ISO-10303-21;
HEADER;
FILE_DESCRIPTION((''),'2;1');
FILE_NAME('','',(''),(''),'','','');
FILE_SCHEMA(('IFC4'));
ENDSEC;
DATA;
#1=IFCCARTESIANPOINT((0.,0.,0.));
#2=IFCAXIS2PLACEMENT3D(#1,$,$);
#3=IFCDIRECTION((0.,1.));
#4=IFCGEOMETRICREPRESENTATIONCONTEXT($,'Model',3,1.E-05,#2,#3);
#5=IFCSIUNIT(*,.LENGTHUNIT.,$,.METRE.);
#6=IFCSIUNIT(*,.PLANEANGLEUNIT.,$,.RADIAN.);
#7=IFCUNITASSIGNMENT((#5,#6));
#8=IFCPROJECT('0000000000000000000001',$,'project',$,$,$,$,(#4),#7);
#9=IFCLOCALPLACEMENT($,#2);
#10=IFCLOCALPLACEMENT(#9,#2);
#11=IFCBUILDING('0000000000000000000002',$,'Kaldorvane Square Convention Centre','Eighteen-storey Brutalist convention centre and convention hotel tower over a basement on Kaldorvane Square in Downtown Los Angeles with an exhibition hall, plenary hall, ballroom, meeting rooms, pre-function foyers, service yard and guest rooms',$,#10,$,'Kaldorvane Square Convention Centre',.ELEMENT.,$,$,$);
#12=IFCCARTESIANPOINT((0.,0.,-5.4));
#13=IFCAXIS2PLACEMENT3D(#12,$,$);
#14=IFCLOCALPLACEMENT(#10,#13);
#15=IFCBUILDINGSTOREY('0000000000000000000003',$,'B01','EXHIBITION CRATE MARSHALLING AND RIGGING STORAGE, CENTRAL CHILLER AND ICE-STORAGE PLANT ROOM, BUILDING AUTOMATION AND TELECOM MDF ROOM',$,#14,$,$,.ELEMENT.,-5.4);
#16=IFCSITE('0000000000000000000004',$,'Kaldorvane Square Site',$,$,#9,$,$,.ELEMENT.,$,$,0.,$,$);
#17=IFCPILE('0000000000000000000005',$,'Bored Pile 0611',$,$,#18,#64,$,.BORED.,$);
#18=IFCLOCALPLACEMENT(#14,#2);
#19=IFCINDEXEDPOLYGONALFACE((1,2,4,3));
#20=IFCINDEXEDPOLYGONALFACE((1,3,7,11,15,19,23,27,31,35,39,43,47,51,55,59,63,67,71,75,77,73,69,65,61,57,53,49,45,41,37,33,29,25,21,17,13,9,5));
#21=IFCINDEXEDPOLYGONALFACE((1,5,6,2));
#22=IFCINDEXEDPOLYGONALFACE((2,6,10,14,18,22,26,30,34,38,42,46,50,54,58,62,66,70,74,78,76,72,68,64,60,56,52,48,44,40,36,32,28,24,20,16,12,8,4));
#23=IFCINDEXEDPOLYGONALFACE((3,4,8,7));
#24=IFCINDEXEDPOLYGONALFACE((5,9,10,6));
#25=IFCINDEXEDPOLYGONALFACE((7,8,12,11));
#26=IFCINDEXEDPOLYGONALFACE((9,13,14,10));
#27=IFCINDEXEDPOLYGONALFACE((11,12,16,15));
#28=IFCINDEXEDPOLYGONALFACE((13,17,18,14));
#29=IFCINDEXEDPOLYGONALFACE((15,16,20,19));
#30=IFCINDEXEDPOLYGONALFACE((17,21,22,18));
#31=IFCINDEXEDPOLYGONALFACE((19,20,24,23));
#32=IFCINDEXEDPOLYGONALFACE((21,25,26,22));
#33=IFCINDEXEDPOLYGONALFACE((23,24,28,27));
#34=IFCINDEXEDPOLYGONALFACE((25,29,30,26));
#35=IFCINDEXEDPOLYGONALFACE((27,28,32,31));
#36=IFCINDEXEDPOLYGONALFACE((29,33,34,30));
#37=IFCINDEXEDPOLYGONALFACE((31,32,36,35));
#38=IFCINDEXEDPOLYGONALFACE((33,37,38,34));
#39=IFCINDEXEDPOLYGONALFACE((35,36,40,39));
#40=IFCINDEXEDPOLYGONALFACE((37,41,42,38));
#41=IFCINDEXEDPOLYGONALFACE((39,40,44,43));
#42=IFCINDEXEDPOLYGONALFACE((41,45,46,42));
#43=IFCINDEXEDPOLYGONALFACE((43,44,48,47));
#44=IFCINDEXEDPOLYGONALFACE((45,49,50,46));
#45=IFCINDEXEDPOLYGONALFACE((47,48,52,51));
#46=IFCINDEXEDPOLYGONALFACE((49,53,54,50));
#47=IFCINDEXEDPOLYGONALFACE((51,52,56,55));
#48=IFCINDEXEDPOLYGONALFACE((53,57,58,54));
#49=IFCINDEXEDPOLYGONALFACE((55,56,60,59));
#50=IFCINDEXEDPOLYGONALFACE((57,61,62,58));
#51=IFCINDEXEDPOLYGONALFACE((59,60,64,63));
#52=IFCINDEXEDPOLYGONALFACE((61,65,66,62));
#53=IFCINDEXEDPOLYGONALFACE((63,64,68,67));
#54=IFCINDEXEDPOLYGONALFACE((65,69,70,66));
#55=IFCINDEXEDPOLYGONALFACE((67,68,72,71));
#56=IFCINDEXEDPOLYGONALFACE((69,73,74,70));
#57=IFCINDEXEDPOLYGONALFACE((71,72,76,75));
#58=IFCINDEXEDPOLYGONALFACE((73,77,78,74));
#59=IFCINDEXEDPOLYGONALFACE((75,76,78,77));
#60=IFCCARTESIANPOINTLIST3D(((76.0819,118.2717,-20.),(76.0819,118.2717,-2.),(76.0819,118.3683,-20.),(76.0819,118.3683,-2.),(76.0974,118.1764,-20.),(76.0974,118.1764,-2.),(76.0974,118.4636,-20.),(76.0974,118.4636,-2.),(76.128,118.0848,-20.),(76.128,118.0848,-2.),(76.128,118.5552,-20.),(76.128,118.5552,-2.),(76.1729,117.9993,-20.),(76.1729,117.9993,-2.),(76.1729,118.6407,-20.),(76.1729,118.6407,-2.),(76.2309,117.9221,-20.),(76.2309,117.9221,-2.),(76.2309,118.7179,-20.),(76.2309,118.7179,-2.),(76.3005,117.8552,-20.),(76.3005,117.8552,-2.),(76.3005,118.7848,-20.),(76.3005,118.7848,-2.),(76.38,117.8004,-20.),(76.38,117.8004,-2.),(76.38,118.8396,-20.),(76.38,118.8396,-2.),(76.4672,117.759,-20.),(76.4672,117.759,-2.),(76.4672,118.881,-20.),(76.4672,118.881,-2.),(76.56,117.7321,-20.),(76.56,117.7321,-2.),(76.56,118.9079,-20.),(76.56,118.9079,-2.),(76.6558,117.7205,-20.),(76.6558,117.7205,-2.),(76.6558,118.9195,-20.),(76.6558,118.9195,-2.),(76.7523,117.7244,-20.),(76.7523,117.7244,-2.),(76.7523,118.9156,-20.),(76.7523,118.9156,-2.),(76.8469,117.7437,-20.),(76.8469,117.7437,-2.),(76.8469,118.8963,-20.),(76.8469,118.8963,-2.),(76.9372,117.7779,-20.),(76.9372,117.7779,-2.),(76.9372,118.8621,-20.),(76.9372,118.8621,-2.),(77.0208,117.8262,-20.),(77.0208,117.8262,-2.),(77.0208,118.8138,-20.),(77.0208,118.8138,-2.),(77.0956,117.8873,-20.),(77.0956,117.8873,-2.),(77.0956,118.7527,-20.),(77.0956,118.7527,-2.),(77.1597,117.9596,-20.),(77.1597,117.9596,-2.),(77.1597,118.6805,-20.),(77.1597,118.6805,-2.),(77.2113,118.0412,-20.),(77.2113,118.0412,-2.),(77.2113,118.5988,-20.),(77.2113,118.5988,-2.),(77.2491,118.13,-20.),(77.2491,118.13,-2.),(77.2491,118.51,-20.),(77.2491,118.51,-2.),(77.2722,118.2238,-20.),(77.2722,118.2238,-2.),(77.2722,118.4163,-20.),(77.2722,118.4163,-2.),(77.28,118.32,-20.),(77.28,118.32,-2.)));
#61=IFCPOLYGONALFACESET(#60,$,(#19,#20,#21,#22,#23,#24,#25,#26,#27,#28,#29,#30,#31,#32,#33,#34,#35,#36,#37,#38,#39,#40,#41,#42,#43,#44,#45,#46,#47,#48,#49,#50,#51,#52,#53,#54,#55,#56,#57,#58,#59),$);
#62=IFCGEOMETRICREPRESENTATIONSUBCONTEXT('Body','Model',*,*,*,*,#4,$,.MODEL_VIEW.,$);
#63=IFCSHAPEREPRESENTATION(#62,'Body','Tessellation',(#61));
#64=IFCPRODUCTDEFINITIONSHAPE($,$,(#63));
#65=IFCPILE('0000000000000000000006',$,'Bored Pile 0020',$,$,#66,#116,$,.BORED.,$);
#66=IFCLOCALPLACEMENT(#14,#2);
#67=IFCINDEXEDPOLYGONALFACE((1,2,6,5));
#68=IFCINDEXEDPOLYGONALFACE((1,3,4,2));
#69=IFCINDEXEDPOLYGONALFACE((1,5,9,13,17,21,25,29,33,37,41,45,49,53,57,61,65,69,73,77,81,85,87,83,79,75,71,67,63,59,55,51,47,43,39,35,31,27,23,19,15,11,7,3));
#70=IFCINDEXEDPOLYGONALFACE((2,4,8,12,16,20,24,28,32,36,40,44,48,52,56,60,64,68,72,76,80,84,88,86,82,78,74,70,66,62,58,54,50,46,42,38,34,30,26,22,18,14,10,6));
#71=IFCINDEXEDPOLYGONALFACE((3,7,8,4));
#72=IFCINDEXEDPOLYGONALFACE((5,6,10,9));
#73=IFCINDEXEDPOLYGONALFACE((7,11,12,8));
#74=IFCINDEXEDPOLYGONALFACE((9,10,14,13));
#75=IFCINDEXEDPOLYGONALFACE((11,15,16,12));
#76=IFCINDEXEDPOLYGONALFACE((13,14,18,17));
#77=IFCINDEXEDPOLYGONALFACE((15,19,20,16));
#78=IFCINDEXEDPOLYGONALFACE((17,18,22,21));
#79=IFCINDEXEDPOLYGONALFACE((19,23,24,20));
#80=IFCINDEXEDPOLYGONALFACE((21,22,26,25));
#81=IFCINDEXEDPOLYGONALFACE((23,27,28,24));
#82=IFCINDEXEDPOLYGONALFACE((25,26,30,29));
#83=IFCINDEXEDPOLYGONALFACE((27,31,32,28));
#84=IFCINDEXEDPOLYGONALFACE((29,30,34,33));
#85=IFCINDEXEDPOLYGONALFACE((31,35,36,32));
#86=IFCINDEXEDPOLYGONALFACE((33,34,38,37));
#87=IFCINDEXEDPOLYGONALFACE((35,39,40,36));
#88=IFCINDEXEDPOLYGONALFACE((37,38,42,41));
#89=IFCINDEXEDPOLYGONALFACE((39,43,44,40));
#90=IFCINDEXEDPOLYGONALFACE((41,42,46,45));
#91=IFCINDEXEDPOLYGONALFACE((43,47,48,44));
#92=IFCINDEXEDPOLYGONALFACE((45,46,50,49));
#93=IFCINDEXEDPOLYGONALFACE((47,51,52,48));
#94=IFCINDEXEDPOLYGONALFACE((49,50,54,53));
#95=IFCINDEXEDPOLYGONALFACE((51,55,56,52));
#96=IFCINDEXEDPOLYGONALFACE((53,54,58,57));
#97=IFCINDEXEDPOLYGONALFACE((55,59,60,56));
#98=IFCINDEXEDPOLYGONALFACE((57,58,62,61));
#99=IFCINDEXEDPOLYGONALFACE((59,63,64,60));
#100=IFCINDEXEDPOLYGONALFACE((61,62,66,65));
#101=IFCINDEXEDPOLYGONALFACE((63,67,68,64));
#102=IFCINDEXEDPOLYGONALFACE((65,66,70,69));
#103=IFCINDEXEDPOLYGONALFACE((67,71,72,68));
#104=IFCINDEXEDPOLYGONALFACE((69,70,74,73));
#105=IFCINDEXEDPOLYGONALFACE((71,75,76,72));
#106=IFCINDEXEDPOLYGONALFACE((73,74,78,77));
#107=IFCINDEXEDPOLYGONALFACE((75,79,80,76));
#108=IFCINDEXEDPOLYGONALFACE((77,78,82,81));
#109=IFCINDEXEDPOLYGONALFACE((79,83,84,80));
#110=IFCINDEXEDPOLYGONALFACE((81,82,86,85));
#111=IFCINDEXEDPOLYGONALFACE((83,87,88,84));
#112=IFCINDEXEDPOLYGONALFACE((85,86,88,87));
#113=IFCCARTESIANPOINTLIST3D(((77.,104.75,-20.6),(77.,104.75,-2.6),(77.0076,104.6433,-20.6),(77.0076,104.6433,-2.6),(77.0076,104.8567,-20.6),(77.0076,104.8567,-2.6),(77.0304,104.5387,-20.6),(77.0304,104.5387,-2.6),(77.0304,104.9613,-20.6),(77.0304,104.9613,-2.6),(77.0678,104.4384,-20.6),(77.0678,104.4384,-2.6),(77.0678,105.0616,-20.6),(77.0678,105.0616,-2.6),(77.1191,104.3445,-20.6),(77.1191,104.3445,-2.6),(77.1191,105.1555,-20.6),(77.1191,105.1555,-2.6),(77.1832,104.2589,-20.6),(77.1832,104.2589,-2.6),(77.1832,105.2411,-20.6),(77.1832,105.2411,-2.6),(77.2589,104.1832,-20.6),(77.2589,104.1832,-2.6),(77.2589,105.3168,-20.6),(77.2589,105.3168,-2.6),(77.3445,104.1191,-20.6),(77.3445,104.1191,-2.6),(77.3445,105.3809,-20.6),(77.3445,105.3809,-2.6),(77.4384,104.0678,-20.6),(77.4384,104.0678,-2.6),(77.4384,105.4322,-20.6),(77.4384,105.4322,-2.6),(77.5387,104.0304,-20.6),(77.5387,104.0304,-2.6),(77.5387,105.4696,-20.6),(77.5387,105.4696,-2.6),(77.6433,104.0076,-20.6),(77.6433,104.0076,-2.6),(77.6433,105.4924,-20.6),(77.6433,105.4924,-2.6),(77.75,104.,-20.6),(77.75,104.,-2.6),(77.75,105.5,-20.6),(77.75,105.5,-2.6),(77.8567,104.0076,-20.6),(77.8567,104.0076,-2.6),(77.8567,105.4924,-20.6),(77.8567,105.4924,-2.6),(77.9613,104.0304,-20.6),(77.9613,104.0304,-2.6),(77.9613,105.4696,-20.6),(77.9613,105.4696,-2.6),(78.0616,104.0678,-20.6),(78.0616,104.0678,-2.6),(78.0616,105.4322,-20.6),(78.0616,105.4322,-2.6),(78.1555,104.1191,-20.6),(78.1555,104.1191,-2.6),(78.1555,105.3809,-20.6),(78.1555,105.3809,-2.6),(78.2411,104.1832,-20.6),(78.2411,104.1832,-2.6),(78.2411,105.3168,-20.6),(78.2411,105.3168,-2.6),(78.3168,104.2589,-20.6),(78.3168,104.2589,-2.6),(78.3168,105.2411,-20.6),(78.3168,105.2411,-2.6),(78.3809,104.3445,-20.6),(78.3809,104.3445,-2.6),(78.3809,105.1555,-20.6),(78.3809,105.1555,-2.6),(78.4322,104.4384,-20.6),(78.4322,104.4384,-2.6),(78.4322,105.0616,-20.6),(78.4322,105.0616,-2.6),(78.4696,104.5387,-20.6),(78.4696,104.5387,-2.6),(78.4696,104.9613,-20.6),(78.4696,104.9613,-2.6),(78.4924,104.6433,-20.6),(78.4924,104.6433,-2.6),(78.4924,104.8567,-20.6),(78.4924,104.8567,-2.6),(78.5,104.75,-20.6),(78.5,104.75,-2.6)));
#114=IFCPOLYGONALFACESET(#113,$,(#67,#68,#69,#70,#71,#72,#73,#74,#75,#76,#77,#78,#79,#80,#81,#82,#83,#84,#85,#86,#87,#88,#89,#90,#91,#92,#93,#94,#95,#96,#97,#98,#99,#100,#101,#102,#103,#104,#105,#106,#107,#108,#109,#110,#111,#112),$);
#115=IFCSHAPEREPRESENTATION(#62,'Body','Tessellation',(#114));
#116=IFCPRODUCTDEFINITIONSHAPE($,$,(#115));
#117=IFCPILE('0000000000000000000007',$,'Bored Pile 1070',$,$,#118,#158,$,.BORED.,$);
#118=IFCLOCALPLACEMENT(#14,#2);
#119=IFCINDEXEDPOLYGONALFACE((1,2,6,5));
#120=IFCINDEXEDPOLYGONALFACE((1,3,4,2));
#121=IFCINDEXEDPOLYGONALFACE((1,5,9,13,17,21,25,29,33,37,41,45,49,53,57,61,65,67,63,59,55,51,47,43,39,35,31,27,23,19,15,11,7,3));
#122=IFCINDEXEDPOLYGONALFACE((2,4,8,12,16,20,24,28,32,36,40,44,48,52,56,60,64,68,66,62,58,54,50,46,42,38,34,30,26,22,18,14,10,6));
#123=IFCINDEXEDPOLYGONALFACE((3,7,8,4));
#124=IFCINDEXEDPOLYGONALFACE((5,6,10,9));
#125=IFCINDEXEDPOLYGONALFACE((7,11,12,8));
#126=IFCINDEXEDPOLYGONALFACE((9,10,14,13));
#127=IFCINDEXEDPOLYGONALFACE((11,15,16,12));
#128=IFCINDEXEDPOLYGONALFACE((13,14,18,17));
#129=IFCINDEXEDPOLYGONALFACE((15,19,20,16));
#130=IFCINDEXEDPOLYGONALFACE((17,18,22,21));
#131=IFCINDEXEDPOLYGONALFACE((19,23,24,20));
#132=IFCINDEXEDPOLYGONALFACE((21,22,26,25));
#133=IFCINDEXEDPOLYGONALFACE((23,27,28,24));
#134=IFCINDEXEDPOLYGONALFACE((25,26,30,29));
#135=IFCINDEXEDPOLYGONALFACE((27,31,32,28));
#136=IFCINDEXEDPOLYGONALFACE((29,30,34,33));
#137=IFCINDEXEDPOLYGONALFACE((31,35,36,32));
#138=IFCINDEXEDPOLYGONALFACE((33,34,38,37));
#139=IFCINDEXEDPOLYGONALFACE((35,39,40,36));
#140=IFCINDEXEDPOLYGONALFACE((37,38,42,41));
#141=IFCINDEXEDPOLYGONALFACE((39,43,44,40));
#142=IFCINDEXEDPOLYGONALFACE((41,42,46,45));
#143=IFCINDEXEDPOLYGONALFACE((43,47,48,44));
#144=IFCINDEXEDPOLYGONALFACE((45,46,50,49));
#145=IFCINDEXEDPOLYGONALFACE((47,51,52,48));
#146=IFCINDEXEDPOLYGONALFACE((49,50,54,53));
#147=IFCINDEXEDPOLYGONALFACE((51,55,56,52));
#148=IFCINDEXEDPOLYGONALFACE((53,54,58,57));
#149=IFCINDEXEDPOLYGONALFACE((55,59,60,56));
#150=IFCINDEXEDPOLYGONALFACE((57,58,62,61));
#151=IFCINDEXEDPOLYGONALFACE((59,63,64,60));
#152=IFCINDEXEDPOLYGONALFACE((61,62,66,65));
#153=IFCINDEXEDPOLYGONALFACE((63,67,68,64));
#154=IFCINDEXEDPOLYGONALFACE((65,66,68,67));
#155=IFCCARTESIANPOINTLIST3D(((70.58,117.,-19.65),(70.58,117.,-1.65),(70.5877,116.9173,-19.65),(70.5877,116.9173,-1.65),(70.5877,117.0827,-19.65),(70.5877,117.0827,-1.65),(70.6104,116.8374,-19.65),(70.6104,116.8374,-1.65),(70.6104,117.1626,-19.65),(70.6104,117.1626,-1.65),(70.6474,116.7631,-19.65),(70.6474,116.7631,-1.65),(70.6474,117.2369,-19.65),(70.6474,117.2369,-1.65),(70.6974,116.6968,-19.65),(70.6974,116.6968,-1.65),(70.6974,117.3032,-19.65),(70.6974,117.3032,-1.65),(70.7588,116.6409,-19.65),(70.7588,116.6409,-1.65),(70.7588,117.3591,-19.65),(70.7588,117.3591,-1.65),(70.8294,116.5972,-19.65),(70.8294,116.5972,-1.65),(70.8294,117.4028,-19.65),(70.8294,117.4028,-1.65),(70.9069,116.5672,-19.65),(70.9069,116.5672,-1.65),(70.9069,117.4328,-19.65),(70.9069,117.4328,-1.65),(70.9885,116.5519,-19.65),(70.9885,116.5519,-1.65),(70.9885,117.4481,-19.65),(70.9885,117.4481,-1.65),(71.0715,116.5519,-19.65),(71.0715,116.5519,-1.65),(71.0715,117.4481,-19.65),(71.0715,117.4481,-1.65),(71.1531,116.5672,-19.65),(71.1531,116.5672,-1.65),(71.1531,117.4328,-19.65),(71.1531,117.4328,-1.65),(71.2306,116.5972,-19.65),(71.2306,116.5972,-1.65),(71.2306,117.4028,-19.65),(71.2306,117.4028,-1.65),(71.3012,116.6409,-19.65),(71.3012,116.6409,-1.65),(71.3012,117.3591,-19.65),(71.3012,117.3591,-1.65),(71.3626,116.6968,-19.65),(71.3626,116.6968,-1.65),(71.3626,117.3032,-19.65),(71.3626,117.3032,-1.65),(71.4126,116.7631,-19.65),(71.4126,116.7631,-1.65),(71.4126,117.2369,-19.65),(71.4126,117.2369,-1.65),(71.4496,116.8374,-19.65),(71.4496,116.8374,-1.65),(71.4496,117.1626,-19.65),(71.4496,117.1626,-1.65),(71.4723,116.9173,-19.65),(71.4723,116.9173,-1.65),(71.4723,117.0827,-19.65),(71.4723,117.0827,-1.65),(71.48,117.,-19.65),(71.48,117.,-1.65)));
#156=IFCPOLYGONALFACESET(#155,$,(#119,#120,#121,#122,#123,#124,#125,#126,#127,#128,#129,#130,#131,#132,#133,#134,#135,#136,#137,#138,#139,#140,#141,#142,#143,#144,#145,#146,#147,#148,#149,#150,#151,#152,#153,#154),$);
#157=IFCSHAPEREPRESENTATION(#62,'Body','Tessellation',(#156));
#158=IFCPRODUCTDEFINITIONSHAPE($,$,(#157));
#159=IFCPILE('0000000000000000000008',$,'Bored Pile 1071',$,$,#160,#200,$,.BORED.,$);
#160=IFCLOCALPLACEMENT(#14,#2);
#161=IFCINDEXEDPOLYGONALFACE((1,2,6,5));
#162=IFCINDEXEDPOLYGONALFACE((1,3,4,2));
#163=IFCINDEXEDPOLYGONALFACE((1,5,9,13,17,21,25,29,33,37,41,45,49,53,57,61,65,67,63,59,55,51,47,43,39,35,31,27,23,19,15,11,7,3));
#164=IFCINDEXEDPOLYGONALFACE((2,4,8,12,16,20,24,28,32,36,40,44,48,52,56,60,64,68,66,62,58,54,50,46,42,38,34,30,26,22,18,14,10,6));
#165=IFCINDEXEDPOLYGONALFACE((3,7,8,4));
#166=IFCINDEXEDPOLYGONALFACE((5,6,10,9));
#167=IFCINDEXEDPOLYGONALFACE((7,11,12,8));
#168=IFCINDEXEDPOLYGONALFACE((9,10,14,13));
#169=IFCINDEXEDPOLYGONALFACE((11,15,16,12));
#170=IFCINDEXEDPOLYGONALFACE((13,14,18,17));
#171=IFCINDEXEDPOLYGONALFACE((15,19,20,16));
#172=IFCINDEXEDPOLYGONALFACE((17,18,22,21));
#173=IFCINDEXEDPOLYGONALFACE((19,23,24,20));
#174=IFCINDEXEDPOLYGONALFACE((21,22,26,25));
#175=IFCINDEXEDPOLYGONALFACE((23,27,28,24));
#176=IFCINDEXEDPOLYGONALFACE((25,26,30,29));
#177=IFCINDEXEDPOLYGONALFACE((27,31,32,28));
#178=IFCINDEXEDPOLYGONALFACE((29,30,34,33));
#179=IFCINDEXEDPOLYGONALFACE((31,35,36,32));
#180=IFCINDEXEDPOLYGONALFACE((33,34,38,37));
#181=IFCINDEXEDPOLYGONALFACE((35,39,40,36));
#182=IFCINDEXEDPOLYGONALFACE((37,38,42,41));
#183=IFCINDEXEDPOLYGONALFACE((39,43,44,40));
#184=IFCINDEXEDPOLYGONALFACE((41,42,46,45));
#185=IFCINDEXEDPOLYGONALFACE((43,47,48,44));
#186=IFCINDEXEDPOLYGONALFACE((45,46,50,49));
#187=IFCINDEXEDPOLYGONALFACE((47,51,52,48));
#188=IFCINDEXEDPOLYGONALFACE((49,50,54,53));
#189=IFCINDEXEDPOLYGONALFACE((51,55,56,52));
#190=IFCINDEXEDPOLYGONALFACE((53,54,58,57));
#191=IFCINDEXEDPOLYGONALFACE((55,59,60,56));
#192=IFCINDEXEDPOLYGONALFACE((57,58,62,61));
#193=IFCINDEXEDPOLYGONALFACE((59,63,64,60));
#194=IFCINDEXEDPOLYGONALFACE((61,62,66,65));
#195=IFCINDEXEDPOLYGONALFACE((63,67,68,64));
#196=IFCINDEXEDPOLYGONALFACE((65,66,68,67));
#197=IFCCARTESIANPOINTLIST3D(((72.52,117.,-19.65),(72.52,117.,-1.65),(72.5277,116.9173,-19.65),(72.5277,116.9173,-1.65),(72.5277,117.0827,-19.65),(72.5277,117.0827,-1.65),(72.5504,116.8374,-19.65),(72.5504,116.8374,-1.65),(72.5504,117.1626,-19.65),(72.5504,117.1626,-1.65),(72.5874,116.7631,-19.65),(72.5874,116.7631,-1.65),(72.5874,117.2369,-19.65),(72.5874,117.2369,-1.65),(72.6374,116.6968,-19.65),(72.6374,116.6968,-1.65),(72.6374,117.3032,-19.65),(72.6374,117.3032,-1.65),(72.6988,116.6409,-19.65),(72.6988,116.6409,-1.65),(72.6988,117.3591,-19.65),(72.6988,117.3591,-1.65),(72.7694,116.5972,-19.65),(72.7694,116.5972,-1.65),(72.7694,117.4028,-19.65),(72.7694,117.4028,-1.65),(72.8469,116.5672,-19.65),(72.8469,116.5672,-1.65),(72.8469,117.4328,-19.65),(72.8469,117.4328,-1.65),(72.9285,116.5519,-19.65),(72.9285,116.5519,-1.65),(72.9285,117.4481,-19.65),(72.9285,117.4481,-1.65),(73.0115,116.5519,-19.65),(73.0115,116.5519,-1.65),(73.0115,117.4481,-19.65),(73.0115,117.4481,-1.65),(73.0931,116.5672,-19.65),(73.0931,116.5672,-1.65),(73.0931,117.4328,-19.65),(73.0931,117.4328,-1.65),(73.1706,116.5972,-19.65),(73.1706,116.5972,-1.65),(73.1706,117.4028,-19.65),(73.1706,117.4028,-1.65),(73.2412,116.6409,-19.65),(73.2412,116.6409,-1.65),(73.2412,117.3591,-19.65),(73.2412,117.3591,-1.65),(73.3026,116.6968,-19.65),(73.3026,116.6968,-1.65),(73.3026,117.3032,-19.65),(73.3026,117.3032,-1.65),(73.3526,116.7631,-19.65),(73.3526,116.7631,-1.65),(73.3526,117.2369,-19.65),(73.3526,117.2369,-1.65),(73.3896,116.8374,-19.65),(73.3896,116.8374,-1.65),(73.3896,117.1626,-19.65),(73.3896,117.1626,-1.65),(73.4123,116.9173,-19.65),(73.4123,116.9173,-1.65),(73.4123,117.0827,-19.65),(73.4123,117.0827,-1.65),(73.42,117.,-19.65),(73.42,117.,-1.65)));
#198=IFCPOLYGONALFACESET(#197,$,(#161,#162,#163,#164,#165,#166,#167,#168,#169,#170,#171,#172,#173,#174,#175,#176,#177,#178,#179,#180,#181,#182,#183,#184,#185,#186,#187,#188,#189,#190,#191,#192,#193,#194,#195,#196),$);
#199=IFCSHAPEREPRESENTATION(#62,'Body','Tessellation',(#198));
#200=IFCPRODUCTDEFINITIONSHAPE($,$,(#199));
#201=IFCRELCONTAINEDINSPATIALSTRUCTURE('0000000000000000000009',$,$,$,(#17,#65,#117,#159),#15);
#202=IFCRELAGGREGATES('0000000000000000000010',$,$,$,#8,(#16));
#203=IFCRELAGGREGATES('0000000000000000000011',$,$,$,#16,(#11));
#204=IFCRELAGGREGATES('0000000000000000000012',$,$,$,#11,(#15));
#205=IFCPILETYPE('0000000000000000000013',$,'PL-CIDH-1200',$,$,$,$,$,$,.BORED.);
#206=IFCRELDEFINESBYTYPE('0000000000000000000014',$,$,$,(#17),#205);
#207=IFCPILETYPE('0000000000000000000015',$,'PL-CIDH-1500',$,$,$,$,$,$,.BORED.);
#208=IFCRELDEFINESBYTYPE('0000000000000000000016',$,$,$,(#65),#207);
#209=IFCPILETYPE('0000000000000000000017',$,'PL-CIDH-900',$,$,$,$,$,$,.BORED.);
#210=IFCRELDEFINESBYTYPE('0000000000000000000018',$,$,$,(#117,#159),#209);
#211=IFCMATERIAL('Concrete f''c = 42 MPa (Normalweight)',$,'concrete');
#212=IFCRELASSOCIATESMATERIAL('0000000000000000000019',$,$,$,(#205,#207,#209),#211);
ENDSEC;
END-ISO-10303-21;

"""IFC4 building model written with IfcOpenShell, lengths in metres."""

from ifc_helpers import new_model, si_unit, direction, frame, origin, origin_2d, place, context, subcontext, project, spatial, circle, extrude, material, material_profile, profile_set, type_object, element, save


model = new_model("IFC4")

# Units and contexts
model_context = context("Model", 3, precision=1e-05, world=origin(), true_north=direction((0.0, 1.0)))
body_context = subcontext(model_context, "Body", "Model", "MODEL_VIEW")
ifc_project = project(units=[si_unit("LENGTHUNIT", "METRE"), si_unit("PLANEANGLEUNIT", "RADIAN")], contexts=[model_context])

# Site, building, storey
site_placement = place(None, origin())
site = spatial("IfcSite", under=ifc_project, at=site_placement, Name="Kaldorvane Square Site", CompositionType="ELEMENT", RefElevation=0.0)
building_placement = place(site_placement, origin())
building = spatial("IfcBuilding", under=site, at=building_placement, Name="Kaldorvane Square Convention Centre", Description="Eighteen-storey Brutalist convention centre and convention hotel tower over a basement on Kaldorvane Square in Downtown Los Angeles with an exhibition hall, plenary hall, ballroom, meeting rooms, pre-function foyers, service yard and guest rooms", LongName="Kaldorvane Square Convention Centre", CompositionType="ELEMENT")
storey_placement = place(building_placement, frame((0.0, 0.0, -5.4)))
storey = spatial("IfcBuildingStorey", under=building, at=storey_placement, Name="B01", Description="EXHIBITION CRATE MARSHALLING AND RIGGING STORAGE, CENTRAL CHILLER AND ICE-STORAGE PLANT ROOM, BUILDING AUTOMATION AND TELECOM MDF ROOM", CompositionType="ELEMENT", Elevation=-5.4)

# Shared definitions
ifc_material_1 = material(Name="Concrete f'c = 42 MPa (Normalweight)", Category="concrete")

# Piles
ifc_material_profile_1 = material_profile(ifc_material_1, circle(Radius=0.6, at=origin_2d()), Name="PILE-D1200")
ifc_profile_set_1 = profile_set([ifc_material_profile_1], Name="Concrete f'c = 42 MPa (Normalweight)")
pile_type_1 = type_object("IfcPileType", Name="PL-CIDH-1200", PredefinedType="BORED", material=ifc_profile_set_1)
for number, where, z_axis, x_axis, name in (
    (1, (76.68, 118.32, -2.0), (0.0, 0.0, -1.0), (1.0, 0.0, 0.0), "Bored Pile 0611"),
):
    element("IfcPile", number, at=place(storey_placement, frame(where, z_axis=z_axis, x_axis=x_axis)), inside=storey, type_object=pile_type_1, Name=name, PredefinedType="BORED", context=body_context, shape_type="SweptSolid", body=[
        extrude(circle(Radius=0.6, at=origin_2d()), origin(), (0.0, 0.0, 1.0), 18.0),
    ])
ifc_material_profile_2 = material_profile(ifc_material_1, circle(Radius=0.75, at=origin_2d()), Name="PILE-D1500")
ifc_profile_set_2 = profile_set([ifc_material_profile_2], Name="Concrete f'c = 42 MPa (Normalweight)")
pile_type_2 = type_object("IfcPileType", Name="PL-CIDH-1500", PredefinedType="BORED", material=ifc_profile_set_2)
pile_placement = place(storey_placement, frame((77.75, 104.75, -2.6), z_axis=(0.0, 0.0, -1.0), x_axis=(1.0, 0.0, 0.0)))
element("IfcPile", 2, at=pile_placement, inside=storey, type_object=pile_type_2, Name="Bored Pile 0020", PredefinedType="BORED", context=body_context, shape_type="SweptSolid", body=[
    extrude(circle(Radius=0.75, at=origin_2d()), origin(), (0.0, 0.0, 1.0), 18.0),
])
ifc_material_profile_3 = material_profile(ifc_material_1, circle(Radius=0.45, at=origin_2d()), Name="PILE-D900")
ifc_profile_set_3 = profile_set([ifc_material_profile_3], Name="Concrete f'c = 42 MPa (Normalweight)")
pile_type_3 = type_object("IfcPileType", Name="PL-CIDH-900", PredefinedType="BORED", material=ifc_profile_set_3)
for number, where, z_axis, x_axis, name in (
    (3, (71.03, 117.0, -1.65), (0.0, 0.0, -1.0), (1.0, 0.0, 0.0), "Bored Pile 1070"),
    (4, (72.97, 117.0, -1.65), (0.0, 0.0, -1.0), (1.0, 0.0, 0.0), "Bored Pile 1071"),
):
    element("IfcPile", number, at=place(storey_placement, frame(where, z_axis=z_axis, x_axis=x_axis)), inside=storey, type_object=pile_type_3, Name=name, PredefinedType="BORED", context=body_context, shape_type="SweptSolid", body=[
        extrude(circle(Radius=0.45, at=origin_2d()), origin(), (0.0, 0.0, 1.0), 18.0),
    ])

save(model, "model.ifc")
